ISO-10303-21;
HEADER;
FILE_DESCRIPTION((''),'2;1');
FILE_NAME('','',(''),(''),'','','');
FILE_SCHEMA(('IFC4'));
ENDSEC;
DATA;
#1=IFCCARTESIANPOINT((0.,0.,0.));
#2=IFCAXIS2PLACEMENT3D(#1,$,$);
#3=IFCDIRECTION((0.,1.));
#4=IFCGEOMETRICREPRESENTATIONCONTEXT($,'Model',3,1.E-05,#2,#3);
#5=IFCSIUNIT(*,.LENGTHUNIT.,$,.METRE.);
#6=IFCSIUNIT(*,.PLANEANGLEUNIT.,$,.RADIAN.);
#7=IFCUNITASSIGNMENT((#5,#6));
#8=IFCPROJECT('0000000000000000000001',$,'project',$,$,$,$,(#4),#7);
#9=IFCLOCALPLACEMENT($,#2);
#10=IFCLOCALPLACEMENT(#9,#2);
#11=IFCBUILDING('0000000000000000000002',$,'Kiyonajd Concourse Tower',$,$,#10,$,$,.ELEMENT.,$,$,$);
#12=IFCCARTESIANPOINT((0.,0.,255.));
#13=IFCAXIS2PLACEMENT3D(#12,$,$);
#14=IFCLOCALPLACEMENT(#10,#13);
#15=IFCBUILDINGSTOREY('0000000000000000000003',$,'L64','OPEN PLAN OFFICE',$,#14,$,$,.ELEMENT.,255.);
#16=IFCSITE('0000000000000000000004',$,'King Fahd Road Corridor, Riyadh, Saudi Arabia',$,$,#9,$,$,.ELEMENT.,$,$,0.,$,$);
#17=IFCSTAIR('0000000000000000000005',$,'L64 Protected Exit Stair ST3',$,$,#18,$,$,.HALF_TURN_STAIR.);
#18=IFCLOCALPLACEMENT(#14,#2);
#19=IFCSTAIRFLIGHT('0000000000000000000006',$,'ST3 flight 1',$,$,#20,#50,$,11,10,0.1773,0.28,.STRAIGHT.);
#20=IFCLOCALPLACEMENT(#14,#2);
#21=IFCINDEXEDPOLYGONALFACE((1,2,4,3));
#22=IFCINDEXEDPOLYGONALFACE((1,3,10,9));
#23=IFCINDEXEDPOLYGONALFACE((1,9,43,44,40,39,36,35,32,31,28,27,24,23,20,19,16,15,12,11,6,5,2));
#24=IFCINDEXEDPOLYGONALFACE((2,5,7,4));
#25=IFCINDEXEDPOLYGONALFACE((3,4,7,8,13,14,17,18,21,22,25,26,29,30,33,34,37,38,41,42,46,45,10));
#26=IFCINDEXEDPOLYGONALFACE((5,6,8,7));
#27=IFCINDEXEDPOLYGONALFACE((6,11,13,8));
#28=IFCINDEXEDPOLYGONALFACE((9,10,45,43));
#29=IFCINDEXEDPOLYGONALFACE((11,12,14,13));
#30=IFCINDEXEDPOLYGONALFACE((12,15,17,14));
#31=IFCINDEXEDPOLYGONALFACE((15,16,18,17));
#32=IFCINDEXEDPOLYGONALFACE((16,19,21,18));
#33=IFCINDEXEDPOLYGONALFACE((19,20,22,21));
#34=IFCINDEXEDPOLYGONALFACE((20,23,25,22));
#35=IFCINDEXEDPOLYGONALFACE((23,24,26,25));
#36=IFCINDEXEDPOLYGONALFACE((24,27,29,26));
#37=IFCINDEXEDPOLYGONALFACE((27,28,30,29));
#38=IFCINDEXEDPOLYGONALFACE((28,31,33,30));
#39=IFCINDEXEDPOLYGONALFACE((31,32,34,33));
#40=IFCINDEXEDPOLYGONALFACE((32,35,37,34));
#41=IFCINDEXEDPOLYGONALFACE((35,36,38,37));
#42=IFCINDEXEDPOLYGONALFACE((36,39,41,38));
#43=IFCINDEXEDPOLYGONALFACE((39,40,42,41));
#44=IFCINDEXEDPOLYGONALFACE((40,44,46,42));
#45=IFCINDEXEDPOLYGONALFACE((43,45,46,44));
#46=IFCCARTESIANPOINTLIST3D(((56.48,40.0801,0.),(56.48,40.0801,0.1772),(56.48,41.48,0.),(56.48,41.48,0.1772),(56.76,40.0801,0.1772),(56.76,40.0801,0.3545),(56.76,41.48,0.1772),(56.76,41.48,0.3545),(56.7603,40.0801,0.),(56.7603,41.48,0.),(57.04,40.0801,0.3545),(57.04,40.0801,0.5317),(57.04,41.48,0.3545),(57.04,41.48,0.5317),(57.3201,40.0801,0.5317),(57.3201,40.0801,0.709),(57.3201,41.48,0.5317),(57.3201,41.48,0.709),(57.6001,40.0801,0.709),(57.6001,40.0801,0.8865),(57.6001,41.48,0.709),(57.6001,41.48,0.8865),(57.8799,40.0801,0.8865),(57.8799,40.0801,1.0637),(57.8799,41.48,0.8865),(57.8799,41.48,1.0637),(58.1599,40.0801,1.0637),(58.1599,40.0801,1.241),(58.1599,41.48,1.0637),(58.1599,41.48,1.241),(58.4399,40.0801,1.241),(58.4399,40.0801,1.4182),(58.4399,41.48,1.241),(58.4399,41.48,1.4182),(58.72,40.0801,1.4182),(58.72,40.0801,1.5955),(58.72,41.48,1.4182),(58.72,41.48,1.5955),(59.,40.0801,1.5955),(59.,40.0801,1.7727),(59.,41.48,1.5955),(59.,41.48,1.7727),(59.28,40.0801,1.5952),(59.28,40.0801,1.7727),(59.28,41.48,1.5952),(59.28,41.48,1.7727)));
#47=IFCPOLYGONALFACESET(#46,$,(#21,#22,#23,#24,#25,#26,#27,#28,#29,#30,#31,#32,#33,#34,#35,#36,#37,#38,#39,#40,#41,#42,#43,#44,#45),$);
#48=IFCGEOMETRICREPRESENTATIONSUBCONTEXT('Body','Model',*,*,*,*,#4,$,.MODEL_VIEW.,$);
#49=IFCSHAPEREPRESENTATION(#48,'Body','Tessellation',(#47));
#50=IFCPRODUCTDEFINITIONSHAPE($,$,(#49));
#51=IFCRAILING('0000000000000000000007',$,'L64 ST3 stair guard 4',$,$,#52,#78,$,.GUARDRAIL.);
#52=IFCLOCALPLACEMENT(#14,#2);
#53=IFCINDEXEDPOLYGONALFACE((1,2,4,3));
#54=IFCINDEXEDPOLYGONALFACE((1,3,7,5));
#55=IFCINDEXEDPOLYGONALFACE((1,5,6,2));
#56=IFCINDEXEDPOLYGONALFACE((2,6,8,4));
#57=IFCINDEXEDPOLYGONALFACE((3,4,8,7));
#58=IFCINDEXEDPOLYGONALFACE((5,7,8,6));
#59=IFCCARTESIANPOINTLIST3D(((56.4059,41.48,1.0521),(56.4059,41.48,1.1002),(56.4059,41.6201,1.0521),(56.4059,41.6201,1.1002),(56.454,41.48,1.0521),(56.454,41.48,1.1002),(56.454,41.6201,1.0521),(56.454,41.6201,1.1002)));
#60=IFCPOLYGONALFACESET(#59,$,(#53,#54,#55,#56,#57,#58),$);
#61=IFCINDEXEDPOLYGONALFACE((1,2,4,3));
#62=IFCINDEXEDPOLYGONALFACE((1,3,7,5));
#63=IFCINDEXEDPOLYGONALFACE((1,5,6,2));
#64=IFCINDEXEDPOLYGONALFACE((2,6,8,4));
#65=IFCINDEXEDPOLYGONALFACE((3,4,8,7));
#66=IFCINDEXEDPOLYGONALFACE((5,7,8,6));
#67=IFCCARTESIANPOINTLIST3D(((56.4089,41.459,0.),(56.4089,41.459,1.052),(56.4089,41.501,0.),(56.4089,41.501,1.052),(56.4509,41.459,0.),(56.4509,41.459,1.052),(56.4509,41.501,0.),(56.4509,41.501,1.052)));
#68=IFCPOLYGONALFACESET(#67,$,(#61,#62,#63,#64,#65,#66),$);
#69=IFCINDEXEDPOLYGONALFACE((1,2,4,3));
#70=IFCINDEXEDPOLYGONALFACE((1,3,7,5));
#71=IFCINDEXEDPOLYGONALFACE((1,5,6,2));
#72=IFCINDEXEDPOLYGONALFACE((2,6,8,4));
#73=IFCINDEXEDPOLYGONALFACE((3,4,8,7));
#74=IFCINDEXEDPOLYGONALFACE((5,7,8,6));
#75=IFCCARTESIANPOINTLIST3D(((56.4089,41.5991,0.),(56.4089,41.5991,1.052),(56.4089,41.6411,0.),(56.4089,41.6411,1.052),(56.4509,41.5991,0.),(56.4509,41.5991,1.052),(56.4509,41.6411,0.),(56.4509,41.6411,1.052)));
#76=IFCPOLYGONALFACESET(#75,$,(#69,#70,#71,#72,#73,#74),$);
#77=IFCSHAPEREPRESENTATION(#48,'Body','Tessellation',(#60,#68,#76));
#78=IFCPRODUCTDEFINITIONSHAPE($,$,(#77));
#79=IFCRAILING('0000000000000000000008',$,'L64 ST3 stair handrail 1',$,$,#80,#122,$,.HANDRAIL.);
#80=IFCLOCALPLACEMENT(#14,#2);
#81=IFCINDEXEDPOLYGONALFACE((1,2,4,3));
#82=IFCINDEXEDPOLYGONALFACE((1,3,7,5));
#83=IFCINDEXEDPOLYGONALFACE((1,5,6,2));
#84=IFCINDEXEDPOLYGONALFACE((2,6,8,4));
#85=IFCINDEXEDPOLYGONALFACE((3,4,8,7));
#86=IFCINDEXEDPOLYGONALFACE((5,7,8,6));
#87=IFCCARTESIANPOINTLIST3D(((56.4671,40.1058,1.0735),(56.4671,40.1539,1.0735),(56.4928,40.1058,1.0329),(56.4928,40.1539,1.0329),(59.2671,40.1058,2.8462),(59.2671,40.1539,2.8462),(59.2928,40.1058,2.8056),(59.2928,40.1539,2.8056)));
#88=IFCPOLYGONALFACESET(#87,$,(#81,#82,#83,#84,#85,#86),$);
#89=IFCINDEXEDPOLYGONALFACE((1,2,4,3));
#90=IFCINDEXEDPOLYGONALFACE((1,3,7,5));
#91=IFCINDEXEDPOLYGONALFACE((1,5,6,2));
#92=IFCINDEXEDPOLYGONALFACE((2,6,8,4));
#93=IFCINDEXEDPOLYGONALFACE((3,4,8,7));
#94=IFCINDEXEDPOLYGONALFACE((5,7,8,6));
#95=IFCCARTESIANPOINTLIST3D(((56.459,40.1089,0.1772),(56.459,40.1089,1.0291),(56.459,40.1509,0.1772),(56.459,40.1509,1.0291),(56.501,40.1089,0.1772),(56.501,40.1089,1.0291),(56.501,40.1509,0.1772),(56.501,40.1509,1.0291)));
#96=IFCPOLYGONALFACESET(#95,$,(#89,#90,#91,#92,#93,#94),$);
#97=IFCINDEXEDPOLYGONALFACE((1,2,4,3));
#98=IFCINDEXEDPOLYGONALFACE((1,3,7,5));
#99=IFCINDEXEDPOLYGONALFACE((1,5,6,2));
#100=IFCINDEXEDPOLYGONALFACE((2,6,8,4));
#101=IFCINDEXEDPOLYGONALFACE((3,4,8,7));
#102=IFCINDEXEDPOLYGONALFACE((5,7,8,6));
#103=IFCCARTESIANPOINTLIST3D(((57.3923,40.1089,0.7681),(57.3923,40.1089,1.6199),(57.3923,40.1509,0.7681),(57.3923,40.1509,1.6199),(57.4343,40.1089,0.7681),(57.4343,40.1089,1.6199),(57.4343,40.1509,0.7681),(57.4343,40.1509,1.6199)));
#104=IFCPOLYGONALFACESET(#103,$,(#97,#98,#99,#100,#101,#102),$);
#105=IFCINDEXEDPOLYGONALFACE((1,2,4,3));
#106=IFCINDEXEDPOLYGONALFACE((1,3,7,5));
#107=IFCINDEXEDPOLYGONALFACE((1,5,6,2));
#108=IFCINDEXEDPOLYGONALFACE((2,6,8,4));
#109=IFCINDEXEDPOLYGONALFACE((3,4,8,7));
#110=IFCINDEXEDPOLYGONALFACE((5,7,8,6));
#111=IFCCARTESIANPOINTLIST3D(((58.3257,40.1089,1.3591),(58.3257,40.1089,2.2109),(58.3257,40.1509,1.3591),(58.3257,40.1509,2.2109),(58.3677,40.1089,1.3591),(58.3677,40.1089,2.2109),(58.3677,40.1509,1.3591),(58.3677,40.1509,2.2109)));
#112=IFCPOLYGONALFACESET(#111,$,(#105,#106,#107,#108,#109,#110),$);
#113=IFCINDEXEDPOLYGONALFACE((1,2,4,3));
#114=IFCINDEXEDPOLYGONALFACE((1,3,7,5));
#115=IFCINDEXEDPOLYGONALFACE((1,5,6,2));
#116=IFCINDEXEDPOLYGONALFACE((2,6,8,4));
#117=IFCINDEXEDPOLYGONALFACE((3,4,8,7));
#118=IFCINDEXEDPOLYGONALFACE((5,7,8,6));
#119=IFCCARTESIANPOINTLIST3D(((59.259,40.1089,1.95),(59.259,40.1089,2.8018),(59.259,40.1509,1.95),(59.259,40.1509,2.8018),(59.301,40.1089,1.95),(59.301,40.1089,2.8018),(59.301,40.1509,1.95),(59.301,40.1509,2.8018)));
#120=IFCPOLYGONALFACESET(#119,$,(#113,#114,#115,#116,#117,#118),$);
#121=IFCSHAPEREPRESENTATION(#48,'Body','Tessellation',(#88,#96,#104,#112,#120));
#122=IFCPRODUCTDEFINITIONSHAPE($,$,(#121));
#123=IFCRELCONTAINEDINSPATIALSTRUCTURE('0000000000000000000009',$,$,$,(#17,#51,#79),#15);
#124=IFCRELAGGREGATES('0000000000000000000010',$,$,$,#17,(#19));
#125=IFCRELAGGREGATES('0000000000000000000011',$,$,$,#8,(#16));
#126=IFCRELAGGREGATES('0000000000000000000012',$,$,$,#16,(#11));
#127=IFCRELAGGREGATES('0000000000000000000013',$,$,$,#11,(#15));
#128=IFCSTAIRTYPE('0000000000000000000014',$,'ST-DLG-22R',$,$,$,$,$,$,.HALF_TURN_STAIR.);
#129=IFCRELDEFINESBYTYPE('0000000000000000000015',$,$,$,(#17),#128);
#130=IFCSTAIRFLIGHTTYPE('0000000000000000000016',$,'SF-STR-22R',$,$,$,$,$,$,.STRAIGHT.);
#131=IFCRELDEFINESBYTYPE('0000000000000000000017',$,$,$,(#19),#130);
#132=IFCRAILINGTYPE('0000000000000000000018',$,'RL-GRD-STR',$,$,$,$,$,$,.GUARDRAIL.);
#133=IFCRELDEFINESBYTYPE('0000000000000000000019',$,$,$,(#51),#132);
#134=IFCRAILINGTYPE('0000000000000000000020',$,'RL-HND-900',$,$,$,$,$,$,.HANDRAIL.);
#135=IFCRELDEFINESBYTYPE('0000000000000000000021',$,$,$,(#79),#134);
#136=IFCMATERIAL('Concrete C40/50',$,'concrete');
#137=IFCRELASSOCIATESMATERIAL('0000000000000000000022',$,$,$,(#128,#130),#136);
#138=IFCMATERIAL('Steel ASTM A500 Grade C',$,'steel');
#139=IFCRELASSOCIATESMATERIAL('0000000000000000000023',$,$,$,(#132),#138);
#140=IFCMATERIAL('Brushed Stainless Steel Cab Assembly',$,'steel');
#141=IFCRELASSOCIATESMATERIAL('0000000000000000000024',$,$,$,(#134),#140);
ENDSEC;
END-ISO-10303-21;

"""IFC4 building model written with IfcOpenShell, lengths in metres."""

from ifc_helpers import new_model, si_unit, direction, frame, origin, origin_2d, place, context, subcontext, project, spatial, polyline, rectangle, outline, extrude, material, type_object, element, aggregate, save


model = new_model("IFC4")

# Units and contexts
model_context = context("Model", 3, precision=1e-05, world=origin(), true_north=direction((0.0, 1.0)))
body_context = subcontext(model_context, "Body", "Model", "MODEL_VIEW")
ifc_project = project(units=[si_unit("LENGTHUNIT", "METRE"), si_unit("PLANEANGLEUNIT", "RADIAN")], contexts=[model_context])

# Site, building, storey
site_placement = place(None, origin())
site = spatial("IfcSite", under=ifc_project, at=site_placement, Name="King Fahd Road Corridor, Riyadh, Saudi Arabia", CompositionType="ELEMENT", RefElevation=0.0)
building_placement = place(site_placement, origin())
building = spatial("IfcBuilding", under=site, at=building_placement, Name="Kiyonajd Concourse Tower", CompositionType="ELEMENT")
storey_placement = place(building_placement, frame((0.0, 0.0, 255.0)))
storey = spatial("IfcBuildingStorey", under=building, at=storey_placement, Name="L64", Description="OPEN PLAN OFFICE", CompositionType="ELEMENT", Elevation=255.0)

# Shared definitions
ifc_material_1 = material(Name="Brushed Stainless Steel Cab Assembly", Category="steel")

# Stair, stair flight
ifc_material_2 = material(Name="Concrete C40/50", Category="concrete")
stair_type = type_object("IfcStairType", Name="ST-DLG-22R", PredefinedType="HALF_TURN_STAIR", material=ifc_material_2)
stair_placement = place(storey_placement, origin())
stair = element("IfcStair", 1, at=stair_placement, inside=storey, type_object=stair_type, Name="L64 Protected Exit Stair ST3", PredefinedType="HALF_TURN_STAIR")
stair_flight_type = type_object("IfcStairFlightType", Name="SF-STR-22R", PredefinedType="STRAIGHT", material=ifc_material_2)
stair_flight_placement = place(storey_placement, frame((56.48, 40.78, 0.0), z_axis=(0.0, 0.0, 1.0), x_axis=(1.0, 0.0, 0.0)))
stair_flight = element("IfcStairFlight", 2, at=stair_flight_placement, type_object=stair_flight_type, Name="ST3 flight 1", NumberOfRisers=11, NumberOfTreads=10, PredefinedType="STRAIGHT", RiserHeight=0.1773, TreadLength=0.28, context=body_context, shape_type="SweptSolid", body=[
    extrude(outline(polyline([(0.0, 0.0), (0.0, 0.1772), (0.28, 0.1772), (0.28, 0.3545), (0.5601, 0.3545), (0.5601, 0.5317), (0.8401, 0.5317), (0.8401, 0.709), (1.1201, 0.709), (1.1201, 0.8865), (1.3999, 0.8865), (1.3999, 1.0637), (1.6799, 1.0637), (1.6799, 1.241), (1.96, 1.241), (1.96, 1.4182), (2.24, 1.4182), (2.24, 1.5955), (2.52, 1.5955), (2.52, 1.7727), (2.8, 1.7727), (2.8, 1.95), (2.8, 1.5952), (0.2803, 0.0), (0.0, 0.0)])), frame((0.0, 0.7, 0.0), z_axis=(0.0, -1.0, 0.0), x_axis=(1.0, 0.0, 0.0)), (0.0, 0.0, 1.0), 1.3999),
])
aggregate(stair, [stair_flight])

# Railings
ifc_material_3 = material(Name="Steel ASTM A500 Grade C", Category="steel")
railing_type_1 = type_object("IfcRailingType", Name="RL-GRD-STR", PredefinedType="GUARDRAIL", material=ifc_material_3)
railing_1_placement = place(storey_placement, frame((56.4299, 41.48, 0.0)))
element("IfcRailing", 3, at=railing_1_placement, inside=storey, type_object=railing_type_1, Name="L64 ST3 stair guard 4", PredefinedType="GUARDRAIL", context=body_context, shape_type="SweptSolid", body=[
    extrude(rectangle(XDim=0.0481, YDim=0.0481, at=origin_2d()), frame((0.0, 0.0, 1.0762), z_axis=(0.0, 1.0, 0.0), x_axis=(-1.0, 0.0, 0.0)), (0.0, 0.0, 1.0), 0.1401),
    extrude(rectangle(XDim=0.042, YDim=0.042, at=origin_2d()), origin(), (0.0, 0.0, 1.0), 1.052),
    extrude(rectangle(XDim=0.042, YDim=0.042, at=origin_2d()), frame((0.0, 0.1401, 0.0)), (0.0, 0.0, 1.0), 1.052),
])
railing_type_2 = type_object("IfcRailingType", Name="RL-HND-900", PredefinedType="HANDRAIL", material=ifc_material_1)
railing_2_placement = place(storey_placement, frame((56.48, 40.1299, 0.1772)))
element("IfcRailing", 4, at=railing_2_placement, inside=storey, type_object=railing_type_2, Name="L64 ST3 stair handrail 1", PredefinedType="HANDRAIL", context=body_context, shape_type="SweptSolid", body=[
    extrude(rectangle(XDim=0.0481, YDim=0.0481, at=origin_2d()), frame((0.0, 0.0, 0.876), z_axis=(0.844909, 0.0, 0.53491), x_axis=(0.0, 1.0, 0.0)), (0.0, 0.0, 1.0), 3.314),
    extrude(rectangle(XDim=0.042, YDim=0.042, at=origin_2d()), origin(), (0.0, 0.0, 1.0), 0.8518),
    extrude(rectangle(XDim=0.042, YDim=0.042, at=origin_2d()), frame((0.9333, 0.0, 0.5908)), (0.0, 0.0, 1.0), 0.8518),
    extrude(rectangle(XDim=0.042, YDim=0.042, at=origin_2d()), frame((1.8667, 0.0, 1.1819)), (0.0, 0.0, 1.0), 0.8518),
    extrude(rectangle(XDim=0.042, YDim=0.042, at=origin_2d()), frame((2.8, 0.0, 1.7727)), (0.0, 0.0, 1.0), 0.8518),
])

save(model, "model.ifc")
